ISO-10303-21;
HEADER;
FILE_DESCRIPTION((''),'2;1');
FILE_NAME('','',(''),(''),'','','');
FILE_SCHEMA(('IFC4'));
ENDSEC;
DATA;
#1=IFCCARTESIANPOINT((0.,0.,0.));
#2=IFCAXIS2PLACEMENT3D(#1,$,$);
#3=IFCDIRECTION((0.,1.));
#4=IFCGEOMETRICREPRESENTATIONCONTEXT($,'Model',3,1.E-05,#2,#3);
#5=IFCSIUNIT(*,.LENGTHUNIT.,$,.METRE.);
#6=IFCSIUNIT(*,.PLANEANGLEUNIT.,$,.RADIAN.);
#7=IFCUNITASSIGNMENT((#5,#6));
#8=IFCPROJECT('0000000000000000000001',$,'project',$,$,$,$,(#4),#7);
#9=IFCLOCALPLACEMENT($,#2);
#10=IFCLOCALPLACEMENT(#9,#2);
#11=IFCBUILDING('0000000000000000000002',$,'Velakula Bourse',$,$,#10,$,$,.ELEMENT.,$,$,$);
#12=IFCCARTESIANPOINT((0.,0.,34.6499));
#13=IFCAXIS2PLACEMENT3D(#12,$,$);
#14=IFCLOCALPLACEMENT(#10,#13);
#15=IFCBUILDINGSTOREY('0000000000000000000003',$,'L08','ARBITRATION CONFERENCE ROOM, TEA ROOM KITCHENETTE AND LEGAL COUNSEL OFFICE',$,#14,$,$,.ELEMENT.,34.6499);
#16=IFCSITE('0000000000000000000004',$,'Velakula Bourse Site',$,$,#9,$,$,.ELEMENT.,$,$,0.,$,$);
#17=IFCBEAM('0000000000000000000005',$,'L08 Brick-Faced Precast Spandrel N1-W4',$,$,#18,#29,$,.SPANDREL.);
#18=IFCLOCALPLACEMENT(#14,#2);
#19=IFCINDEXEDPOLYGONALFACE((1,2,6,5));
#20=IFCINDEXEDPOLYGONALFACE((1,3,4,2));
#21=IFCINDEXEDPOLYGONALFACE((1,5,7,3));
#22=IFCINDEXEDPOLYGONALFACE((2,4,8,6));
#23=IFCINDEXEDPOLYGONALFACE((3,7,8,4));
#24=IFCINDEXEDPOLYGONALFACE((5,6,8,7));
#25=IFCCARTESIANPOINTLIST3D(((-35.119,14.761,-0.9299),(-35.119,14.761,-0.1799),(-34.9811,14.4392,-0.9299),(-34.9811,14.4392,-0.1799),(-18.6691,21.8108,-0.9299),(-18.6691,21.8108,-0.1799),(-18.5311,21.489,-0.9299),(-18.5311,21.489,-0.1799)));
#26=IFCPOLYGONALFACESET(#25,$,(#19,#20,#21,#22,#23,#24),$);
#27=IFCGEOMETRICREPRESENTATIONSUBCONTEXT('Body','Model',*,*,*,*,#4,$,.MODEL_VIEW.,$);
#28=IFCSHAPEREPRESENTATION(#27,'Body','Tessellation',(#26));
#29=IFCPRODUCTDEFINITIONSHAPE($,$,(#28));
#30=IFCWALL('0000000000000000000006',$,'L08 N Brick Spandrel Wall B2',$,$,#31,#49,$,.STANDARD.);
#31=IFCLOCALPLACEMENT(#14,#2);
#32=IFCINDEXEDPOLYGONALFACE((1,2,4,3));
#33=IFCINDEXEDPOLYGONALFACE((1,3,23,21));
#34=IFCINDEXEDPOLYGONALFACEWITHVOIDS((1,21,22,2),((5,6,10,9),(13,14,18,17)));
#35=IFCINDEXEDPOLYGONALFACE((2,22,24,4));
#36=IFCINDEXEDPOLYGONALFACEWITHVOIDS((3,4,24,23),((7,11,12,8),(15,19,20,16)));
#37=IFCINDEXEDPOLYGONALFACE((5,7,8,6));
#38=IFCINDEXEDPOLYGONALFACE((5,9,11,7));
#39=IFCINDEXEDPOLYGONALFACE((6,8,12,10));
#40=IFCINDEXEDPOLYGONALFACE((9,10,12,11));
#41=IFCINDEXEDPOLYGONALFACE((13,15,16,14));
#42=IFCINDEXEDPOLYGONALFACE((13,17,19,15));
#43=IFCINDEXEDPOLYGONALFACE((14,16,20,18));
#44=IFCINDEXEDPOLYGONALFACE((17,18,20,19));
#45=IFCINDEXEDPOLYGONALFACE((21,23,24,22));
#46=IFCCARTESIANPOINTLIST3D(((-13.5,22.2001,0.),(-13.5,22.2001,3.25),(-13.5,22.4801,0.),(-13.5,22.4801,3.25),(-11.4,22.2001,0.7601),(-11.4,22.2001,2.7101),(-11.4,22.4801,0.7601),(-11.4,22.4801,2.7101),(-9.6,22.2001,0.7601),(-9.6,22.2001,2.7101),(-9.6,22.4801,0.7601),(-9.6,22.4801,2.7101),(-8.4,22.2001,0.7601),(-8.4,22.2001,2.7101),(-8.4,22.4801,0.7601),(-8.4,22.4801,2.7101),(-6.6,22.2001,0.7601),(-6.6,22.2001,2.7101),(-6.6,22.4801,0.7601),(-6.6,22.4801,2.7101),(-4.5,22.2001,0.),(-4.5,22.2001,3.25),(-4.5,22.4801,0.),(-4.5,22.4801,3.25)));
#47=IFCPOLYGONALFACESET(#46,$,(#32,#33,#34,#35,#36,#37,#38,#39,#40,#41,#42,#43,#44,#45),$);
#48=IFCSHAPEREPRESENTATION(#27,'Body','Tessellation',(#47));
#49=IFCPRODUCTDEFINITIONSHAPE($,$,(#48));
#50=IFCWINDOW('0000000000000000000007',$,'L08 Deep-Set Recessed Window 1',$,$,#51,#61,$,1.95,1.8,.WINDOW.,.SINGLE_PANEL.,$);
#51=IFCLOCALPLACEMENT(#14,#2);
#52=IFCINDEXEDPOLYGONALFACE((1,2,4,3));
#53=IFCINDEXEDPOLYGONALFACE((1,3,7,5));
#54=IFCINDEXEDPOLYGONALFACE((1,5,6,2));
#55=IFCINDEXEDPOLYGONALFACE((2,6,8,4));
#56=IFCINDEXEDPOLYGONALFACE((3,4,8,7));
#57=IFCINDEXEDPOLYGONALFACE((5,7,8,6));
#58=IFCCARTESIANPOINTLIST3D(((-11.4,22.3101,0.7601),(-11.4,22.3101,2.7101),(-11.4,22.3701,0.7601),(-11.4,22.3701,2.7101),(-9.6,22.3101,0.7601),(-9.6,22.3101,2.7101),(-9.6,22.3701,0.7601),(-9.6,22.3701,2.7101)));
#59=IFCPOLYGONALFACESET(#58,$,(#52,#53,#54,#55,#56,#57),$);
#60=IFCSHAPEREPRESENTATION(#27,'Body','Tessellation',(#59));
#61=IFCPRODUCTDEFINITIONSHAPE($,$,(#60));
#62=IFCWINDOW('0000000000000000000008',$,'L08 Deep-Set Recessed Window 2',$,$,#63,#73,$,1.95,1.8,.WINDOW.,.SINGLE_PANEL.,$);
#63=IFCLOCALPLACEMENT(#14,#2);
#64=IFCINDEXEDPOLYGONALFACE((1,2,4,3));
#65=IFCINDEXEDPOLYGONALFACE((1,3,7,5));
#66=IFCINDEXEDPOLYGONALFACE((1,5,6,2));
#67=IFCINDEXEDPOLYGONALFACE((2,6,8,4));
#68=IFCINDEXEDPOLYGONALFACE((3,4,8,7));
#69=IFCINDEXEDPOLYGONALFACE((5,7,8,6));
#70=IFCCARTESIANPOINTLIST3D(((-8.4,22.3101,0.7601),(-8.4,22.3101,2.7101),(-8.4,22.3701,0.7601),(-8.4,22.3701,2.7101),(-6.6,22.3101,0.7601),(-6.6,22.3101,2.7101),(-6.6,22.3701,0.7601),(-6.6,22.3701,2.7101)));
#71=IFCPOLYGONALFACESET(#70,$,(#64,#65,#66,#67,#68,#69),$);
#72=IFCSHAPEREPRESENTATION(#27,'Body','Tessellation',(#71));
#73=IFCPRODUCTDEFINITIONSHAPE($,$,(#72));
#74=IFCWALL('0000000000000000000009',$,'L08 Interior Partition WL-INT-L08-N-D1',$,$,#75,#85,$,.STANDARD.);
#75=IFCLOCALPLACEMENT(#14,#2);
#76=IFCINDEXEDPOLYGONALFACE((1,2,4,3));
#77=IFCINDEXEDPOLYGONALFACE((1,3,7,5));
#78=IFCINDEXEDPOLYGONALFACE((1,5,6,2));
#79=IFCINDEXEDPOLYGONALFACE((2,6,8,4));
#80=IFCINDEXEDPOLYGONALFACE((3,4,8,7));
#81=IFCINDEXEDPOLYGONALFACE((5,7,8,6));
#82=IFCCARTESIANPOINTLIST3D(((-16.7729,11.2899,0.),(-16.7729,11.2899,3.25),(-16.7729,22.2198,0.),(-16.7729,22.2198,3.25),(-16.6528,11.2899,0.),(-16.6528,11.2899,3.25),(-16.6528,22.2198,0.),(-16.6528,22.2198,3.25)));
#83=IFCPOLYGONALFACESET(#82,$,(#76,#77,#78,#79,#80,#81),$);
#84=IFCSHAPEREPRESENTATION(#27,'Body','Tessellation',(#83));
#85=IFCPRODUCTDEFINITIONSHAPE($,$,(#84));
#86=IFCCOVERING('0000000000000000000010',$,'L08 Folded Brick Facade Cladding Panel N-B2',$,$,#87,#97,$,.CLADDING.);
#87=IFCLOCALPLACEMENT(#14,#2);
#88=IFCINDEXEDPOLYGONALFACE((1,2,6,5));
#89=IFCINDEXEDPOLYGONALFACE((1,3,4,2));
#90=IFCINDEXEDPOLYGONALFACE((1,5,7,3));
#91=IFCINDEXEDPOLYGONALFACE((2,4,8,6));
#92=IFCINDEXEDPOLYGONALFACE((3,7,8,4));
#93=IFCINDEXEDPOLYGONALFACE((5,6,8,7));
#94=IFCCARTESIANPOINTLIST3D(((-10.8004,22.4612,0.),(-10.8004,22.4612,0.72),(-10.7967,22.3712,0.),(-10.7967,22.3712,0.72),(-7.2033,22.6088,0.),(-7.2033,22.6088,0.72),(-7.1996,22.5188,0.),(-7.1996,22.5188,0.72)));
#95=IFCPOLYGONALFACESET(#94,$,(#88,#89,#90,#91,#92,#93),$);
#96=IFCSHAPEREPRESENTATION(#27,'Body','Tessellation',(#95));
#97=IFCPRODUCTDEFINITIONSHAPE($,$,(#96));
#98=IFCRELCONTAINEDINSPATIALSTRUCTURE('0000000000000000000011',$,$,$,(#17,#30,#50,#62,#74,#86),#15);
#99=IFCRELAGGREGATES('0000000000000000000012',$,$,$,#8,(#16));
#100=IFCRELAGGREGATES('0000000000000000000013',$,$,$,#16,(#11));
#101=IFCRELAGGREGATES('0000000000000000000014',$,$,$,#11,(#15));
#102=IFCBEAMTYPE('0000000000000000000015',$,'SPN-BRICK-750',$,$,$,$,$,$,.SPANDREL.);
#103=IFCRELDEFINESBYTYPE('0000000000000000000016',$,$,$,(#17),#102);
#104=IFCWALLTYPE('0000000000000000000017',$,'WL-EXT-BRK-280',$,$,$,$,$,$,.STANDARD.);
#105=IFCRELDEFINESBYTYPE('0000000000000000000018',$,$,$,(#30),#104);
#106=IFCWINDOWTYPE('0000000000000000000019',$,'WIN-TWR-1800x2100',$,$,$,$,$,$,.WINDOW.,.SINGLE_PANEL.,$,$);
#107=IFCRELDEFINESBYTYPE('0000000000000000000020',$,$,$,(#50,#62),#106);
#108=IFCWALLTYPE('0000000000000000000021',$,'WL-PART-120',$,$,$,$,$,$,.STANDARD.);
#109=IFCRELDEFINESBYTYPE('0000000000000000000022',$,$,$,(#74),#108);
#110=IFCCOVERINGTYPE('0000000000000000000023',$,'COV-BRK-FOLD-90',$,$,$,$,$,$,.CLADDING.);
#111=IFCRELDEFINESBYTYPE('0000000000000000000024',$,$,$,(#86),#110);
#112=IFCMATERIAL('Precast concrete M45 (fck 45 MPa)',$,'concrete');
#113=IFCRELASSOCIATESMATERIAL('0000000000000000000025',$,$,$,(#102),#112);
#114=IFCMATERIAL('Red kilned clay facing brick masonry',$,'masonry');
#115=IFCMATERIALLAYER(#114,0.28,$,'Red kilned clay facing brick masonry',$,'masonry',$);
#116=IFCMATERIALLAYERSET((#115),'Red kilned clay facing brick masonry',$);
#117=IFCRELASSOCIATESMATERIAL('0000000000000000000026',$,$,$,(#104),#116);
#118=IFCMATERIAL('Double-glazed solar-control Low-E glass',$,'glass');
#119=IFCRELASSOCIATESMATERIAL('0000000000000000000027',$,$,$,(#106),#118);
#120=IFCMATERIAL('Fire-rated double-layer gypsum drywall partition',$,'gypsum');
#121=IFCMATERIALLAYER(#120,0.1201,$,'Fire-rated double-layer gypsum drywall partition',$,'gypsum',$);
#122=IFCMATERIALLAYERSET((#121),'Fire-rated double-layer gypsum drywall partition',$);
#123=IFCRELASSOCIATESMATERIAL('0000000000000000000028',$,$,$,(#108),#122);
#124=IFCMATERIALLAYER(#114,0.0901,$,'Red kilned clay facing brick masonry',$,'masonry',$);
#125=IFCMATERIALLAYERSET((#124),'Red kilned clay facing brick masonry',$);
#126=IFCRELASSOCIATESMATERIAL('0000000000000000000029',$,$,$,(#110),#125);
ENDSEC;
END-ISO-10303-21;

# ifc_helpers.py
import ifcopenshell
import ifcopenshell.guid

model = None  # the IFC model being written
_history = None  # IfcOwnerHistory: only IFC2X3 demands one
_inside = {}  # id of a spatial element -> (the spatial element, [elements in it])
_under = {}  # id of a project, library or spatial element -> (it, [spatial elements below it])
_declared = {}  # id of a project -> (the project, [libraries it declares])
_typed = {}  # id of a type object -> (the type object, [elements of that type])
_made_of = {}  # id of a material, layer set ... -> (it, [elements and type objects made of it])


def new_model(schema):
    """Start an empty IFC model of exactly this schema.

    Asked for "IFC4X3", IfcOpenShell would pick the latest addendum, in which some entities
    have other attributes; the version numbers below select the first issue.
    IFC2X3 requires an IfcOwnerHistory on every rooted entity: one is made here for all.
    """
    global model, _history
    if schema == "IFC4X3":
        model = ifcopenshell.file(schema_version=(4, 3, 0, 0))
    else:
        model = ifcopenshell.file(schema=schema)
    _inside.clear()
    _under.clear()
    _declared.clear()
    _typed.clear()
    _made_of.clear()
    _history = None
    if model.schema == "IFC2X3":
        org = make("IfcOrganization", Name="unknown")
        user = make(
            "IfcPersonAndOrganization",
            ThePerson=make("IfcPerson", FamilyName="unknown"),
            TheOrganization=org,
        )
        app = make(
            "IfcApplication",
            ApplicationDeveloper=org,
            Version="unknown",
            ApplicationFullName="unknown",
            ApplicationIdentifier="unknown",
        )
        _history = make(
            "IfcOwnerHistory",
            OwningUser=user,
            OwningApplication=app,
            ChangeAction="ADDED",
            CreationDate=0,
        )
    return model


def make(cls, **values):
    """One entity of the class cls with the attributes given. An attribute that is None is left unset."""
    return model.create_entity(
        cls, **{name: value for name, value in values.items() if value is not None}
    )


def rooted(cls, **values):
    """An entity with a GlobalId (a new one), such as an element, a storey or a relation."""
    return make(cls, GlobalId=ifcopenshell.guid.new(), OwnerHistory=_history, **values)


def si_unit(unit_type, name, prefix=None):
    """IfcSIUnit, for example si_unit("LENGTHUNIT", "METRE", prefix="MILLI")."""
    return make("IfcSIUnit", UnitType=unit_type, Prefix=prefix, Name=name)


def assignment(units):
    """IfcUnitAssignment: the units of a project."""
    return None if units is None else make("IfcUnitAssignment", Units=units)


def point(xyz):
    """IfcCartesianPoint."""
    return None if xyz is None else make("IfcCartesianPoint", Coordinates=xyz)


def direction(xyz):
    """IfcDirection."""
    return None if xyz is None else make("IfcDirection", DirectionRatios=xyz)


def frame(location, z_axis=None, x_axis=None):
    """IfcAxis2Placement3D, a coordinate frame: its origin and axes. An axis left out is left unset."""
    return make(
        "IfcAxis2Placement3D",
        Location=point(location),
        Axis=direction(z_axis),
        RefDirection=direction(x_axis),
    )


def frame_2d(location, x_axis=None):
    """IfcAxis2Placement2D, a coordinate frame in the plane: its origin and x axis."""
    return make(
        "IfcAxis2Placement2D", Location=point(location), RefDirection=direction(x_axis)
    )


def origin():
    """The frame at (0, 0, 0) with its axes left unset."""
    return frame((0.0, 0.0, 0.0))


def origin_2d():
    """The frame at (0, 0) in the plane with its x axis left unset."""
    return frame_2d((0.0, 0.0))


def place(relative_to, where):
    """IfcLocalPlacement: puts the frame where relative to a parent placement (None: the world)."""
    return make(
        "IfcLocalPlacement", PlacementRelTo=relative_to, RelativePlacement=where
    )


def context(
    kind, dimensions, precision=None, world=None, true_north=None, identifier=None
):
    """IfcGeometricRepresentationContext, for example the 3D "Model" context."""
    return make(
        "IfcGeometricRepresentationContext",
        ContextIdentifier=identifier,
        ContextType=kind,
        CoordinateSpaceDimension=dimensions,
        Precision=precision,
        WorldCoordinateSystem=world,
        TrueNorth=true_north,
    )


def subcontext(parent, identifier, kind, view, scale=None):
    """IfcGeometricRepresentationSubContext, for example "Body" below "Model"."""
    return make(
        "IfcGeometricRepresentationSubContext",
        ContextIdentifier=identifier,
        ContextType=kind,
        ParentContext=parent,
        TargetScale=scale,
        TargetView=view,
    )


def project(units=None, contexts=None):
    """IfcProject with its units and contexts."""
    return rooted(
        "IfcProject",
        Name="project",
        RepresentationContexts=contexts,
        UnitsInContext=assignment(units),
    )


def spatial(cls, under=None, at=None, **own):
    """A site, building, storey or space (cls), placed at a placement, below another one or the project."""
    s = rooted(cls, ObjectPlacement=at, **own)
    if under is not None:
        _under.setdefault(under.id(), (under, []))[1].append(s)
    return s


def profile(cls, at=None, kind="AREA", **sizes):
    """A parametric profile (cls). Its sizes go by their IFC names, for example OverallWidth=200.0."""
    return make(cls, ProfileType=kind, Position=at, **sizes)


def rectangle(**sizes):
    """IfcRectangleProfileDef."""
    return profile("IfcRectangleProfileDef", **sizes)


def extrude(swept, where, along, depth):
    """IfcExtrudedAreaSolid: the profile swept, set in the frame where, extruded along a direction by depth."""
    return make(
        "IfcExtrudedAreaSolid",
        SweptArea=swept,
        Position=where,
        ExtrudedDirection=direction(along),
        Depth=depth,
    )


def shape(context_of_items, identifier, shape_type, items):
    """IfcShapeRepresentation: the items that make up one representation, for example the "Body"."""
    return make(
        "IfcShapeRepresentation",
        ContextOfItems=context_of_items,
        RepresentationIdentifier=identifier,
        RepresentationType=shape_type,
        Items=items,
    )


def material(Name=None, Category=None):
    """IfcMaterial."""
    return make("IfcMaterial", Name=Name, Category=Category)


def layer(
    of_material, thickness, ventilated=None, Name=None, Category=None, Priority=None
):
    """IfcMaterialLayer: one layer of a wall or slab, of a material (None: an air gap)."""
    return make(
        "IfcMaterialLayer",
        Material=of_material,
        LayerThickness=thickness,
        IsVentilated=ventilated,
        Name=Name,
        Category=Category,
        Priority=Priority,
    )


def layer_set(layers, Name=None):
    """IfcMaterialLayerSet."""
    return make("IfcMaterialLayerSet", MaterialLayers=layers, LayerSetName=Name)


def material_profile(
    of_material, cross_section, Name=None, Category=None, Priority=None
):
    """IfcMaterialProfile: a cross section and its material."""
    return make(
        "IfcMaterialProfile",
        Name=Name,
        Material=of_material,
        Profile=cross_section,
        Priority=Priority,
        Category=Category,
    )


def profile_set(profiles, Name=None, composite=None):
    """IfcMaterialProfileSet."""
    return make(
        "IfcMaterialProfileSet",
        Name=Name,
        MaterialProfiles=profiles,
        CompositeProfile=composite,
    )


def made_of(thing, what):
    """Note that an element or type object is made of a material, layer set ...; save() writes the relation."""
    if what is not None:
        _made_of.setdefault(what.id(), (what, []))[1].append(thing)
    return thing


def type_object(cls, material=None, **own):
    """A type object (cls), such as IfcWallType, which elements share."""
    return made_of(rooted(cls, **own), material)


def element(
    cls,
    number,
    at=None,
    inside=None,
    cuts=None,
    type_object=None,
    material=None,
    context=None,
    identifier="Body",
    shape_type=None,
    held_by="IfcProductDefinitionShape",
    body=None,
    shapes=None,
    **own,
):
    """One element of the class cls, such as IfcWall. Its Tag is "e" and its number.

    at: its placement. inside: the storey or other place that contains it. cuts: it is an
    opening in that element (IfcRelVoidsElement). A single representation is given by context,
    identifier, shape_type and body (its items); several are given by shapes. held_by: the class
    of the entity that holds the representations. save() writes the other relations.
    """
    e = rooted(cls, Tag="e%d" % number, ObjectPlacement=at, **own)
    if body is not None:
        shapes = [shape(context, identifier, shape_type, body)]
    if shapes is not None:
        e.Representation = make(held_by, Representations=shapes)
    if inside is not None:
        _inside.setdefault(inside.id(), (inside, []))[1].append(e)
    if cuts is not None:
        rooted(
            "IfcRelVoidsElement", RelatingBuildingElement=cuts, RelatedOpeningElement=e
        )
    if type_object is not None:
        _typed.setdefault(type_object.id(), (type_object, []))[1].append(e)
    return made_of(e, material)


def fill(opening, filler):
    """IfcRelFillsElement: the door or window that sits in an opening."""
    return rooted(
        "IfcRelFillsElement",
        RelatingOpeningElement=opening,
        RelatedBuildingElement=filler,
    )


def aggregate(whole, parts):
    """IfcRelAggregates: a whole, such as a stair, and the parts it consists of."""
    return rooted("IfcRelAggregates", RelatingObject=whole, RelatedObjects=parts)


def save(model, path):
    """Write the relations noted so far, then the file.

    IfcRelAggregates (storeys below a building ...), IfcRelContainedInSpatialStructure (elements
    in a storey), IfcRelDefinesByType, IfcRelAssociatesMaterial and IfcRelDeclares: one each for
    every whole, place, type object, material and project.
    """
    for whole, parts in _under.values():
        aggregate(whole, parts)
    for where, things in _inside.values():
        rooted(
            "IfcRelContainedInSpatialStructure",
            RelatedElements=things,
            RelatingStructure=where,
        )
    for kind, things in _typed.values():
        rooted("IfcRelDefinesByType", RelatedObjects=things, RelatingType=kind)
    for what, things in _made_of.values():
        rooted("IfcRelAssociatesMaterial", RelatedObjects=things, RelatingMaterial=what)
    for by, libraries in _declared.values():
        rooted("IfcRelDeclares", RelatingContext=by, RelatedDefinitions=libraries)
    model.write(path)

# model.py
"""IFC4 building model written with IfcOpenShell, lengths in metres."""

from ifc_helpers import new_model, si_unit, direction, frame, frame_2d, origin, origin_2d, place, context, subcontext, project, spatial, rectangle, extrude, material, layer, layer_set, material_profile, profile_set, type_object, element, fill, save


model = new_model("IFC4")

# Units and contexts
model_context = context("Model", 3, precision=1e-05, world=origin(), true_north=direction((0.0, 1.0)))
body_context = subcontext(model_context, "Body", "Model", "MODEL_VIEW")
ifc_project = project(units=[si_unit("LENGTHUNIT", "METRE"), si_unit("PLANEANGLEUNIT", "RADIAN")], contexts=[model_context])

# Site, building, storey
site_placement = place(None, origin())
site = spatial("IfcSite", under=ifc_project, at=site_placement, Name="Velakula Bourse Site", CompositionType="ELEMENT", RefElevation=0.0)
building_placement = place(site_placement, origin())
building = spatial("IfcBuilding", under=site, at=building_placement, Name="Velakula Bourse", CompositionType="ELEMENT")
storey_placement = place(building_placement, frame((0.0, 0.0, 34.6499)))
storey = spatial("IfcBuildingStorey", under=building, at=storey_placement, Name="L08", Description="ARBITRATION CONFERENCE ROOM, TEA ROOM KITCHENETTE AND LEGAL COUNSEL OFFICE", CompositionType="ELEMENT", Elevation=34.6499)

# Shared definitions
ifc_material_1 = material(Name="Precast concrete M45 (fck 45 MPa)", Category="concrete")

# Beam
ifc_material_profile_1 = material_profile(ifc_material_1, rectangle(XDim=0.3501, YDim=0.75, at=origin_2d()), Name="Precast concrete M45 (fck 45 MPa)")
ifc_profile_set_1 = profile_set([ifc_material_profile_1], Name="Precast concrete M45 (fck 45 MPa)")
beam_type_1 = type_object("IfcBeamType", Name="SPN-BRICK-750", PredefinedType="SPANDREL", material=ifc_profile_set_1)
beam_1_placement = place(storey_placement, frame((-18.6001, 21.6499, -0.5549), z_axis=(-0.919149, -0.393911, 0.0), x_axis=(0.393911, -0.919149, 0.0)))
element("IfcBeam", 1, at=beam_1_placement, inside=storey, type_object=beam_type_1, Name="L08 Brick-Faced Precast Spandrel N1-W4", PredefinedType="SPANDREL", context=body_context, shape_type="SweptSolid", body=[
    extrude(rectangle(XDim=0.3501, YDim=0.75, at=origin_2d()), origin(), (0.0, 0.0, 1.0), 17.897),
])

# Wall, openings, windows
ifc_material_2 = material(Name="Red kilned clay facing brick masonry", Category="masonry")
ifc_layer_1 = layer(ifc_material_2, 0.28, Name="Red kilned clay facing brick masonry", Category="masonry")
ifc_layer_set_1 = layer_set([ifc_layer_1], Name="Red kilned clay facing brick masonry")
wall_type_1 = type_object("IfcWallType", Name="WL-EXT-BRK-280", PredefinedType="STANDARD", material=ifc_layer_set_1)
wall_1_placement = place(storey_placement, frame((-13.5, 22.3401, 0.0), z_axis=(0.0, 0.0, 1.0), x_axis=(1.0, 0.0, 0.0)))
wall_1 = element("IfcWall", 2, at=wall_1_placement, inside=storey, type_object=wall_type_1, Name="L08 N Brick Spandrel Wall B2", PredefinedType="STANDARD", context=body_context, shape_type="SweptSolid", body=[
    extrude(rectangle(XDim=9.0, YDim=0.28, at=frame_2d((4.5, 0.0))), origin(), (0.0, 0.0, 1.0), 3.25),
])
opening_1_placement = place(wall_1_placement, frame((2.1001, 0.0, 0.76)))
opening_1 = element("IfcOpeningElement", 3, at=opening_1_placement, cuts=wall_1, PredefinedType="OPENING", context=body_context, shape_type="SweptSolid", body=[
    extrude(rectangle(XDim=1.8, YDim=1.95, at=frame_2d((0.8999, 0.9751))), frame((0.0, 0.1499, 0.0), z_axis=(0.0, -1.0, 0.0), x_axis=(1.0, 0.0, 0.0)), (0.0, 0.0, 1.0), 0.3),
])
opening_2_placement = place(wall_1_placement, frame((5.1001, 0.0, 0.76)))
opening_2 = element("IfcOpeningElement", 4, at=opening_2_placement, cuts=wall_1, PredefinedType="OPENING", context=body_context, shape_type="SweptSolid", body=[
    extrude(rectangle(XDim=1.8, YDim=1.95, at=frame_2d((0.8999, 0.9751))), frame((0.0, 0.1499, 0.0), z_axis=(0.0, -1.0, 0.0), x_axis=(1.0, 0.0, 0.0)), (0.0, 0.0, 1.0), 0.3),
])
ifc_material_3 = material(Name="Double-glazed solar-control Low-E glass", Category="glass")
window_type = type_object("IfcWindowType", Name="WIN-TWR-1800x2100", PartitioningType="SINGLE_PANEL", PredefinedType="WINDOW", material=ifc_material_3)
window_1_placement = place(opening_1_placement, origin())
window_1 = element("IfcWindow", 5, at=window_1_placement, inside=storey, type_object=window_type, Name="L08 Deep-Set Recessed Window 1", OverallHeight=1.95, OverallWidth=1.8, PartitioningType="SINGLE_PANEL", PredefinedType="WINDOW", context=body_context, shape_type="SweptSolid", body=[
    extrude(rectangle(XDim=1.8, YDim=1.95, at=frame_2d((0.8999, 0.9751))), frame((0.0, 0.03, 0.0), z_axis=(0.0, -1.0, 0.0), x_axis=(1.0, 0.0, 0.0)), (0.0, 0.0, 1.0), 0.0601),
])
fill(opening_1, window_1)
window_2_placement = place(opening_2_placement, origin())
window_2 = element("IfcWindow", 6, at=window_2_placement, inside=storey, type_object=window_type, Name="L08 Deep-Set Recessed Window 2", OverallHeight=1.95, OverallWidth=1.8, PartitioningType="SINGLE_PANEL", PredefinedType="WINDOW", context=body_context, shape_type="SweptSolid", body=[
    extrude(rectangle(XDim=1.8, YDim=1.95, at=frame_2d((0.8999, 0.9751))), frame((0.0, 0.03, 0.0), z_axis=(0.0, -1.0, 0.0), x_axis=(1.0, 0.0, 0.0)), (0.0, 0.0, 1.0), 0.0601),
])
fill(opening_2, window_2)

# Wall
ifc_material_4 = material(Name="Fire-rated double-layer gypsum drywall partition", Category="gypsum")
ifc_layer_2 = layer(ifc_material_4, 0.1201, Name="Fire-rated double-layer gypsum drywall partition", Category="gypsum")
ifc_layer_set_2 = layer_set([ifc_layer_2], Name="Fire-rated double-layer gypsum drywall partition")
wall_type_2 = type_object("IfcWallType", Name="WL-PART-120", PredefinedType="STANDARD", material=ifc_layer_set_2)
wall_2_placement = place(storey_placement, frame((-16.7129, 11.29, 0.0), z_axis=(0.0, 0.0, 1.0), x_axis=(0.0, 1.0, 0.0)))
element("IfcWall", 7, at=wall_2_placement, inside=storey, type_object=wall_type_2, Name="L08 Interior Partition WL-INT-L08-N-D1", PredefinedType="STANDARD", context=body_context, shape_type="SweptSolid", body=[
    extrude(rectangle(XDim=10.9299, YDim=0.1201, at=frame_2d((5.4648, 0.0))), origin(), (0.0, 0.0, 1.0), 3.25),
])

# Covering
ifc_layer_3 = layer(ifc_material_2, 0.0901, Name="Red kilned clay facing brick masonry", Category="masonry")
ifc_layer_set_3 = layer_set([ifc_layer_3], Name="Red kilned clay facing brick masonry")
covering_type = type_object("IfcCoveringType", Name="COV-BRK-FOLD-90", PredefinedType="CLADDING", material=ifc_layer_set_3)
covering_placement = place(storey_placement, frame((-9.0, 22.49, 0.0), z_axis=(0.0, 0.0, 1.0), x_axis=(0.999159, 0.041004, 0.0)))
element("IfcCovering", 8, at=covering_placement, inside=storey, type_object=covering_type, Name="L08 Folded Brick Facade Cladding Panel N-B2", PredefinedType="CLADDING", context=body_context, shape_type="SweptSolid", body=[
    extrude(rectangle(XDim=3.6001, YDim=0.0901, at=origin_2d()), origin(), (0.0, 0.0, 1.0), 0.72),
])

save(model, "model.ifc")
